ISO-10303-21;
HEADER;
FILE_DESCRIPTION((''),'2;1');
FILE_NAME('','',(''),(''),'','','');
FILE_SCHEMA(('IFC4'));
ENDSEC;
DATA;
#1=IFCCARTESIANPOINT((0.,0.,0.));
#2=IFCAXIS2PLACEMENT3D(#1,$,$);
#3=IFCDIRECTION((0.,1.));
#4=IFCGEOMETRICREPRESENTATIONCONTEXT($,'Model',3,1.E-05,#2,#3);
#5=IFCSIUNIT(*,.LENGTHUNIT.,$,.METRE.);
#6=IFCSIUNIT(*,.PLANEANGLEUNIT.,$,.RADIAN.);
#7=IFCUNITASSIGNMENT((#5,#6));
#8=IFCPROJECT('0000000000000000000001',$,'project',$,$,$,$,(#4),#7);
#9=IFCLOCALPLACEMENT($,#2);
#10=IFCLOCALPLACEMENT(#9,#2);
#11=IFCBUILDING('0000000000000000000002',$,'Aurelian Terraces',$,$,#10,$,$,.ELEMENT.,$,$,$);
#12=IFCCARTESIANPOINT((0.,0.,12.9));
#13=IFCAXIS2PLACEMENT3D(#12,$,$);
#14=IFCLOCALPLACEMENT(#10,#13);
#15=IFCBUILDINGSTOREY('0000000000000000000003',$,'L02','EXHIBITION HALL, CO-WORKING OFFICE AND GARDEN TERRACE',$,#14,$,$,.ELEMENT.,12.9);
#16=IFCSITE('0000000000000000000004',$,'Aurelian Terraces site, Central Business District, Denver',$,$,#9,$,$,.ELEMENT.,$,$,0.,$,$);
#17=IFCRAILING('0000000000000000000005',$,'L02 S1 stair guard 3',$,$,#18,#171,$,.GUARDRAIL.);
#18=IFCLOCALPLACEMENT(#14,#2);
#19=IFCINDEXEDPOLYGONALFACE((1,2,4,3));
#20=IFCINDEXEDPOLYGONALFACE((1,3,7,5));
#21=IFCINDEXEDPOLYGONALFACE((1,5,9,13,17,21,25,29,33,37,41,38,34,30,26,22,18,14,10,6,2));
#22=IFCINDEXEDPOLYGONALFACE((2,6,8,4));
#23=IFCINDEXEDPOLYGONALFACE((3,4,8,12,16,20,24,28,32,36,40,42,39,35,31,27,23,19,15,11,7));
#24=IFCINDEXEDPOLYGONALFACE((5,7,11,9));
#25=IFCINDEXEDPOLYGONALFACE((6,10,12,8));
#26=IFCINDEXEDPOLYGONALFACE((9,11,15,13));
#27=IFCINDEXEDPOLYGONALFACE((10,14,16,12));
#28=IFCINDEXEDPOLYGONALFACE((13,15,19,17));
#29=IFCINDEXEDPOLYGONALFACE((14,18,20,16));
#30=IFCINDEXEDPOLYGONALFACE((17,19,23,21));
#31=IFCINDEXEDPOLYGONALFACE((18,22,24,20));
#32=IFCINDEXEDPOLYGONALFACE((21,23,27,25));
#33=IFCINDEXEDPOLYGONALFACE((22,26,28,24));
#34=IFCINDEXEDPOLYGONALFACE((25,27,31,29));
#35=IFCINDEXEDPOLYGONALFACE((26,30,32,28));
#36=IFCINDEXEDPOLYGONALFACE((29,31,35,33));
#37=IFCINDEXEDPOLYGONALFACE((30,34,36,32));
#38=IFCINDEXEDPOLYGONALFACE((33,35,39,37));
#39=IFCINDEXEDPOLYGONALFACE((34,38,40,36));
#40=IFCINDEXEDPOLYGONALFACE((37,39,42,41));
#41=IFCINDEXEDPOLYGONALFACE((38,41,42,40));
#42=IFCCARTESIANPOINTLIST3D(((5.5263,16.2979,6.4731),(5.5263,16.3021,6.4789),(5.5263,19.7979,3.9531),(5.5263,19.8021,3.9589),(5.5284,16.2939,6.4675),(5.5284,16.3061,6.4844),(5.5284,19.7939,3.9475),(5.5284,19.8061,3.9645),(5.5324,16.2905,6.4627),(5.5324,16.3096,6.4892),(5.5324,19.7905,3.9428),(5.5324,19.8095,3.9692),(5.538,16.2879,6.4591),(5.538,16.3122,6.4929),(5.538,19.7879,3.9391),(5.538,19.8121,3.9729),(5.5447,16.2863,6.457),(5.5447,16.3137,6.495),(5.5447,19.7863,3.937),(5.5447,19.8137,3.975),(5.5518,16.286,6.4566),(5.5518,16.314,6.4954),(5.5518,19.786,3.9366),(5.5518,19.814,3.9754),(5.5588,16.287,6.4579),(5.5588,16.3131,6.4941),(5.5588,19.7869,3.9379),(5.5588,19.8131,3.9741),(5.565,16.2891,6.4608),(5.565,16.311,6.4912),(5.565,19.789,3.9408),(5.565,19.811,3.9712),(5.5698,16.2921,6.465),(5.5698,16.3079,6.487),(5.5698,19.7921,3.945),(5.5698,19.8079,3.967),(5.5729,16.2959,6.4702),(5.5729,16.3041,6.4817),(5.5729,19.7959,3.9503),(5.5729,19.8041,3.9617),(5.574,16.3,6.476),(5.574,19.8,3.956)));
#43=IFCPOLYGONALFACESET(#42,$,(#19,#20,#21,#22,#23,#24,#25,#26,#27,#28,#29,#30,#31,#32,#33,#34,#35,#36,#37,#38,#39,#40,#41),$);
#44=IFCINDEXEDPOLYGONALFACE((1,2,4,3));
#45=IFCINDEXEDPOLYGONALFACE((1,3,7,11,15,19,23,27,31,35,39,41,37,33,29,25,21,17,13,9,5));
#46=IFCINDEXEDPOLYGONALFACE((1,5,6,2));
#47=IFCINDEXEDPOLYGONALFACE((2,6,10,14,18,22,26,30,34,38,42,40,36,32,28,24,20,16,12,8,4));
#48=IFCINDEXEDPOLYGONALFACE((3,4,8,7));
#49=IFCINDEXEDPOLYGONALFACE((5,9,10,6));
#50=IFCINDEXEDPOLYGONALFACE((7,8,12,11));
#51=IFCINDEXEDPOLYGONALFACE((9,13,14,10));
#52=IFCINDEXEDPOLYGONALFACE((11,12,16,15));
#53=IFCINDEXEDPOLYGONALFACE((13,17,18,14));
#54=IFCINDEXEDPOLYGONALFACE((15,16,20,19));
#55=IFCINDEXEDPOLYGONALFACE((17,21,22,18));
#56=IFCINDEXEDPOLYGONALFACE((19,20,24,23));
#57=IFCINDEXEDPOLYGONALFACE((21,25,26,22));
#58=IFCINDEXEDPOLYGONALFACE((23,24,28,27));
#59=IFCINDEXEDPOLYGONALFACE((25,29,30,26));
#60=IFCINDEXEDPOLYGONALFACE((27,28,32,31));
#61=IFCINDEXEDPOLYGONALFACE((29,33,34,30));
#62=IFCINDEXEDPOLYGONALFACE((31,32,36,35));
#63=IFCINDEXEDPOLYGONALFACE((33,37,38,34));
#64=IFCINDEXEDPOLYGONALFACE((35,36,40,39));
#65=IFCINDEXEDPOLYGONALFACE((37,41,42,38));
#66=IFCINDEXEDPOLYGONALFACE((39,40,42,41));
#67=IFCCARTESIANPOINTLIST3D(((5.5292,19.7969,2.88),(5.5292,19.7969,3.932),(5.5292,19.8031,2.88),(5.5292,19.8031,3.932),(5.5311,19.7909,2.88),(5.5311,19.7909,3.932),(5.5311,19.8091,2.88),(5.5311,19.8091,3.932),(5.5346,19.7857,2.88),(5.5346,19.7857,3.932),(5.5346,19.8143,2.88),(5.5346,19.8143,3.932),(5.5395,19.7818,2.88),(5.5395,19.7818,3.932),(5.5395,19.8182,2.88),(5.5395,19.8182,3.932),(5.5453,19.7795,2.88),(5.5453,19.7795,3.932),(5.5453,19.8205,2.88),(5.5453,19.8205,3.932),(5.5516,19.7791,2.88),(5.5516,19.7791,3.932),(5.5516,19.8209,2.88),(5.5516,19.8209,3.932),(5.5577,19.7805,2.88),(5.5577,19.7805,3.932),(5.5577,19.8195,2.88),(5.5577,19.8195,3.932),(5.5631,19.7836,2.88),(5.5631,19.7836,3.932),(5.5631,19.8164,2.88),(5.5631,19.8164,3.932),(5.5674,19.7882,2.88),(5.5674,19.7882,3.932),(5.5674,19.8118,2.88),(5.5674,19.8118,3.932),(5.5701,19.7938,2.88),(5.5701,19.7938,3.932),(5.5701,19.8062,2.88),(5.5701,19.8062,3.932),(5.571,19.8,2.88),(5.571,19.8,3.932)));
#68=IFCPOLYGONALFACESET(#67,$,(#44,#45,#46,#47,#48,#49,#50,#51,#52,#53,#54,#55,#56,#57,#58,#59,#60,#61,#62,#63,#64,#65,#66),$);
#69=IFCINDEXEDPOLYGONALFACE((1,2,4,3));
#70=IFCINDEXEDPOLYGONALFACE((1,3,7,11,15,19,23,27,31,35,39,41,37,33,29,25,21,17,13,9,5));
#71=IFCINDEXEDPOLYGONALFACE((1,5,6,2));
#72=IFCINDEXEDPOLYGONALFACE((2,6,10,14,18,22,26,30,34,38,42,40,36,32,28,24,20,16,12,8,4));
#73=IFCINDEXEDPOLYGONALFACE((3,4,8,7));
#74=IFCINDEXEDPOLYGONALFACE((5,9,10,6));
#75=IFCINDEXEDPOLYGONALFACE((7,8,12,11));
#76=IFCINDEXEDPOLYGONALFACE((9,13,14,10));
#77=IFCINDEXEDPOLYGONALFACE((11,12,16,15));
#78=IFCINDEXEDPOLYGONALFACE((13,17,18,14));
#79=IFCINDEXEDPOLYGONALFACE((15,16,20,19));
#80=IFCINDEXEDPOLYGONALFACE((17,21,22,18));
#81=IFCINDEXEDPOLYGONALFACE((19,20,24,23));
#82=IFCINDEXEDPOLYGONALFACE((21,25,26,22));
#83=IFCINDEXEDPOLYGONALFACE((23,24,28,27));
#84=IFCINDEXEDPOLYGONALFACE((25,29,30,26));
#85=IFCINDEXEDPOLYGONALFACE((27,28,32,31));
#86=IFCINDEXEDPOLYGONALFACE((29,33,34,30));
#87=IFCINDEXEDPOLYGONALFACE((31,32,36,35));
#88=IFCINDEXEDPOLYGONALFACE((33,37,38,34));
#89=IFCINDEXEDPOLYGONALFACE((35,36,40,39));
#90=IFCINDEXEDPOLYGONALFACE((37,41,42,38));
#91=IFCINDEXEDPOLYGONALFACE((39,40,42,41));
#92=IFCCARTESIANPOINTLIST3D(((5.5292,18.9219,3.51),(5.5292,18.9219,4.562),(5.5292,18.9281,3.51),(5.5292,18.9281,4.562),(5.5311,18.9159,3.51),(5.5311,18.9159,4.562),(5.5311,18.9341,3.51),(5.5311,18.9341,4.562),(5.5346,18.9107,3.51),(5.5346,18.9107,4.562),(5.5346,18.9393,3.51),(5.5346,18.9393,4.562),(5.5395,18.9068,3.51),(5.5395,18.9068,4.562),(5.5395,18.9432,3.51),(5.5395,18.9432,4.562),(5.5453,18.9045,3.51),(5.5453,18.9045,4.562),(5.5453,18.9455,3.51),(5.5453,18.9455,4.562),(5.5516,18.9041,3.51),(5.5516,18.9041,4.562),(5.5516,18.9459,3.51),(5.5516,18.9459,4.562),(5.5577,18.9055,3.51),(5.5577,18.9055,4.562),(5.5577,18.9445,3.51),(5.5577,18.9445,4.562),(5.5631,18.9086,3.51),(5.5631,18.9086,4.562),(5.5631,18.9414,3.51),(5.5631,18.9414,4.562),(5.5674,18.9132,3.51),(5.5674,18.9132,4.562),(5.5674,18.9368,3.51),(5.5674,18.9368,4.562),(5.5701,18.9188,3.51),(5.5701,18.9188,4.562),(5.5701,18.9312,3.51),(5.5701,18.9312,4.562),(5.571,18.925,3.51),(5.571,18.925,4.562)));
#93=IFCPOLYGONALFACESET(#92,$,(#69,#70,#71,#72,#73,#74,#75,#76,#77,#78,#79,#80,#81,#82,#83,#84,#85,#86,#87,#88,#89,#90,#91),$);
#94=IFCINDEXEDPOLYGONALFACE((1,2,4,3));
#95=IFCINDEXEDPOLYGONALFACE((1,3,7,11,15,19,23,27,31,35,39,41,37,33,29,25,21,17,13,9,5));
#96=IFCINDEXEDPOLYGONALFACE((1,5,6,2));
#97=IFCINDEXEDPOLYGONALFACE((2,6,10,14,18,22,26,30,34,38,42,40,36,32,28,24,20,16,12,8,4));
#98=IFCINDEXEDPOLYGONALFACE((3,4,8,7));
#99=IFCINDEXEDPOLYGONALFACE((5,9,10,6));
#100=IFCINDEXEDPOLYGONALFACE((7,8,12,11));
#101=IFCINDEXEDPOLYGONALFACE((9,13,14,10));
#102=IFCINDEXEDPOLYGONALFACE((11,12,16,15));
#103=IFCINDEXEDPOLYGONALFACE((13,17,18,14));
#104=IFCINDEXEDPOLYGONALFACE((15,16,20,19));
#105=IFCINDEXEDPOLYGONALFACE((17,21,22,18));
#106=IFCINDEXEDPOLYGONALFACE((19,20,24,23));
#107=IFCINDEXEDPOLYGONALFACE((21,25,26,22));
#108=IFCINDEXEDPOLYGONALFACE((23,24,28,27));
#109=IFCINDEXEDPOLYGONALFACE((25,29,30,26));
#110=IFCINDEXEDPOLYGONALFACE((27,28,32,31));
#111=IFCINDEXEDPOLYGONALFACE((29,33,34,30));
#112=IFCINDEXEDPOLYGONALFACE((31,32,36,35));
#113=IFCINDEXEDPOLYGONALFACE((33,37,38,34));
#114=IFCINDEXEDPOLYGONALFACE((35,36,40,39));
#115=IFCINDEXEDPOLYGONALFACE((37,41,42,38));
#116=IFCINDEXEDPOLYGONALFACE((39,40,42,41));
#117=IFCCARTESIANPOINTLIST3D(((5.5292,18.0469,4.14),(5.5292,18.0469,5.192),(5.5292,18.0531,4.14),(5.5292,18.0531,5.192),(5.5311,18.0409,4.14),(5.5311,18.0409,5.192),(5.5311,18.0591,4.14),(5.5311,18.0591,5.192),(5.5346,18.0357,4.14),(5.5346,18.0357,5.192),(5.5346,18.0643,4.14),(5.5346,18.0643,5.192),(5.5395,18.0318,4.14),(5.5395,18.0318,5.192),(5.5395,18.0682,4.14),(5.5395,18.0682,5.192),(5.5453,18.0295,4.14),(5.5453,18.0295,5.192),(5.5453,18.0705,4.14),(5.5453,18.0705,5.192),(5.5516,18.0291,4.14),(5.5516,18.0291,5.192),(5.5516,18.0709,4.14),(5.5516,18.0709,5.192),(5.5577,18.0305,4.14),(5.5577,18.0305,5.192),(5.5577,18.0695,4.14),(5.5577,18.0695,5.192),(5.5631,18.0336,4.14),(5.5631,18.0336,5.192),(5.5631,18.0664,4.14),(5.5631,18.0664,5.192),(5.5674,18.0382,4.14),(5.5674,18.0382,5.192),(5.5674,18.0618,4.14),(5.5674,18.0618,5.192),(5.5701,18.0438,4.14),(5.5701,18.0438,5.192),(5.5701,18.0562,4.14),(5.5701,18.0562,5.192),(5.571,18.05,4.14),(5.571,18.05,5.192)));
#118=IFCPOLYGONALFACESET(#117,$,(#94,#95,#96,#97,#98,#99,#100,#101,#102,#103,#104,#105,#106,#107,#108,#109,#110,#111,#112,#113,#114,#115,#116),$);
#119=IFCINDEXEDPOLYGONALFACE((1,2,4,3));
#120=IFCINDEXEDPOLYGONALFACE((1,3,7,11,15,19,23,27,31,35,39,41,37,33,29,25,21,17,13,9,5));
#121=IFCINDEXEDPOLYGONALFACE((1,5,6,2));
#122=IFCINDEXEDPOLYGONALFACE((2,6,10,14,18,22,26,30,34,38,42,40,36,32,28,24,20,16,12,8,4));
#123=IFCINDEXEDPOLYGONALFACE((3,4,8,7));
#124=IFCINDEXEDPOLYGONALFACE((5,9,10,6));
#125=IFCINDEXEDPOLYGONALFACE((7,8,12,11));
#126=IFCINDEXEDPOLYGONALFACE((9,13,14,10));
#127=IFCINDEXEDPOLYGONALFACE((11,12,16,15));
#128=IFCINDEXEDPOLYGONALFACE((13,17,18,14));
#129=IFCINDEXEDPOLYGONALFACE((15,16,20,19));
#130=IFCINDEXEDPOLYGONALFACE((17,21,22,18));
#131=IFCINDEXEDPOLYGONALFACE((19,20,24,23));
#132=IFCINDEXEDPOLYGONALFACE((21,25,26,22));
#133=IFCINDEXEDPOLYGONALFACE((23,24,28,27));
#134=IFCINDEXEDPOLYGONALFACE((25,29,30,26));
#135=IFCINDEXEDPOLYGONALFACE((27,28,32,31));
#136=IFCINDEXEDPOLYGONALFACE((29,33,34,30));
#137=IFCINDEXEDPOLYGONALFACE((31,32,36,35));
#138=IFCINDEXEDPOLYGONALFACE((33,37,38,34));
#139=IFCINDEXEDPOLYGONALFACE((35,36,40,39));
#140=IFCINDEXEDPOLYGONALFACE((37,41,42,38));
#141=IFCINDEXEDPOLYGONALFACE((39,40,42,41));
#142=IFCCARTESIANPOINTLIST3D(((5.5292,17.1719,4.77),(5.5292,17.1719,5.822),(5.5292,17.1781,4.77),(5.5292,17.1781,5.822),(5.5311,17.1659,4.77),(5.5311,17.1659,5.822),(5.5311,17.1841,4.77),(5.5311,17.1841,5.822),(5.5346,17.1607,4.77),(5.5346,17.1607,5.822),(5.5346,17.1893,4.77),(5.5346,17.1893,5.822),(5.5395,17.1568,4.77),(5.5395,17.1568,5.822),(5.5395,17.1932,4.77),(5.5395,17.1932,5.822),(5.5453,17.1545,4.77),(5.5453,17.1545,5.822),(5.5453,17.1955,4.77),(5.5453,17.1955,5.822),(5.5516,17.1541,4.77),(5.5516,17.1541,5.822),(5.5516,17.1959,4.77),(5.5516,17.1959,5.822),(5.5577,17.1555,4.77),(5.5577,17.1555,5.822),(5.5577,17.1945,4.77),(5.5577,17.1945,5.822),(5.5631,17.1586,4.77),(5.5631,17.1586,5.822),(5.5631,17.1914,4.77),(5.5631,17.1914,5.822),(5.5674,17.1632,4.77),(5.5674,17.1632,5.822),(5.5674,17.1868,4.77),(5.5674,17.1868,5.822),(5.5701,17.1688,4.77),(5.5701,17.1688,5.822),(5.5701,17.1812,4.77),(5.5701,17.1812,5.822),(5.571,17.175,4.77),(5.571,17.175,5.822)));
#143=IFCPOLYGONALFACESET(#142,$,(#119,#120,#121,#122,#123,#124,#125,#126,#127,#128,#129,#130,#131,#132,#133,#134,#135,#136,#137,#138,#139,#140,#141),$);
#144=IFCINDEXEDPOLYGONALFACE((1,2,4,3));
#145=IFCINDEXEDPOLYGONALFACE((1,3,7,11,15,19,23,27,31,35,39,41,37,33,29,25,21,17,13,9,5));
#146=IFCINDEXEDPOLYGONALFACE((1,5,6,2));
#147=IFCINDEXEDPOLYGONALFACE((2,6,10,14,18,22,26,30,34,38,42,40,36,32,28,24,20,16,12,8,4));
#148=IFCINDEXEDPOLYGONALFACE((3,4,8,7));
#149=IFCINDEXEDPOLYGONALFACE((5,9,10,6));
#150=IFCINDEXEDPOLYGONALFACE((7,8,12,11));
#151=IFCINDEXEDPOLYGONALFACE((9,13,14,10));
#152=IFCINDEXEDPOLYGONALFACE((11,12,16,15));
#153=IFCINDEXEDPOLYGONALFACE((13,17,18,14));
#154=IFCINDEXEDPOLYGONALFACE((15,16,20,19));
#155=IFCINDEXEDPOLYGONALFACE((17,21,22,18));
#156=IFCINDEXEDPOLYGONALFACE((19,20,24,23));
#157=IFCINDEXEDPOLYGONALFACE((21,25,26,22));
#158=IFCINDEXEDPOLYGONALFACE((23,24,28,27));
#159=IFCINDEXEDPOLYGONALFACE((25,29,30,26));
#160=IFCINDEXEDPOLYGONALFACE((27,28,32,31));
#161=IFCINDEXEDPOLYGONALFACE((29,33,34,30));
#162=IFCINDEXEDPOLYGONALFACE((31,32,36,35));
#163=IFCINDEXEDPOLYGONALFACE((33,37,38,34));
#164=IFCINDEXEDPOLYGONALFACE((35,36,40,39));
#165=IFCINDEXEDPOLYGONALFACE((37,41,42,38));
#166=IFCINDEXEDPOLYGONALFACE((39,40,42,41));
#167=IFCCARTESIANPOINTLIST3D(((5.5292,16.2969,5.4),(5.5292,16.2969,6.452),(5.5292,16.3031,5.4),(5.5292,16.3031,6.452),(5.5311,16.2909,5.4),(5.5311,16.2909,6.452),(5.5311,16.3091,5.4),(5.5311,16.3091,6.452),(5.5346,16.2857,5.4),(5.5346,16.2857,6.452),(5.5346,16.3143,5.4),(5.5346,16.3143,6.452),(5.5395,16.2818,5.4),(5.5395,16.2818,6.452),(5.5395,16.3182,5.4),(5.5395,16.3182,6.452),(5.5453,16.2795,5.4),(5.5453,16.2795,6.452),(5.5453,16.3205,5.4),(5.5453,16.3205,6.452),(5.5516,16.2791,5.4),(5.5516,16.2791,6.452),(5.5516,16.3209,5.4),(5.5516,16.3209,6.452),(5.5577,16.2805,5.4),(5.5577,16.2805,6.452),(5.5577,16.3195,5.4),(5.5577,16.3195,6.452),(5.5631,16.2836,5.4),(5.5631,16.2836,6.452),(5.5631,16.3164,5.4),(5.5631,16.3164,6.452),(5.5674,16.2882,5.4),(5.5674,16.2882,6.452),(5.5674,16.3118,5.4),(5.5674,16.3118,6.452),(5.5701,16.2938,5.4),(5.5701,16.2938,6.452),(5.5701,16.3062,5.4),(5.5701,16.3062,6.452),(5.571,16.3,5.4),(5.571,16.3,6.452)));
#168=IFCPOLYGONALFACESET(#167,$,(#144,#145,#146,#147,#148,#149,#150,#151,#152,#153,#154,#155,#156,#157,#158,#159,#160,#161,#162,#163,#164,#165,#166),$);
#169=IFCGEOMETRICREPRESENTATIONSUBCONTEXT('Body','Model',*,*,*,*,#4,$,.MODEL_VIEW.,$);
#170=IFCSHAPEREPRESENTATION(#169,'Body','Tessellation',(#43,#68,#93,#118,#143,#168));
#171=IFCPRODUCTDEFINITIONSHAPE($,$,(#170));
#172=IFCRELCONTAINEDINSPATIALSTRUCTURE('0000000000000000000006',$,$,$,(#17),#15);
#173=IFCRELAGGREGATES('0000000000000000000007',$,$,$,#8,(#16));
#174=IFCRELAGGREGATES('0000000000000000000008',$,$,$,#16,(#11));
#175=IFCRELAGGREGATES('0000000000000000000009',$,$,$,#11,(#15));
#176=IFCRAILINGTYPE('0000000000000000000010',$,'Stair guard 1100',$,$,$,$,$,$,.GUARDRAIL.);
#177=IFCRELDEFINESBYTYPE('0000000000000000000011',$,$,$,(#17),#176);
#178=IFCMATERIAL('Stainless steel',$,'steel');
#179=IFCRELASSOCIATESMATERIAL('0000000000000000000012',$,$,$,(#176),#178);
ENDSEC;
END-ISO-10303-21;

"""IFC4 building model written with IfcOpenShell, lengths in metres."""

from ifc_helpers import new_model, si_unit, direction, frame, origin, origin_2d, place, context, subcontext, project, spatial, circle, extrude, source, transform, mapped, material, type_object, element, save


model = new_model("IFC4")

# Units and contexts
model_context = context("Model", 3, precision=1e-05, world=origin(), true_north=direction((0.0, 1.0)))
body_context = subcontext(model_context, "Body", "Model", "MODEL_VIEW")
ifc_project = project(units=[si_unit("LENGTHUNIT", "METRE"), si_unit("PLANEANGLEUNIT", "RADIAN")], contexts=[model_context])

# Site, building, storey
site_placement = place(None, origin())
site = spatial("IfcSite", under=ifc_project, at=site_placement, Name="Aurelian Terraces site, Central Business District, Denver", CompositionType="ELEMENT", RefElevation=0.0)
building_placement = place(site_placement, origin())
building = spatial("IfcBuilding", under=site, at=building_placement, Name="Aurelian Terraces", CompositionType="ELEMENT")
storey_placement = place(building_placement, frame((0.0, 0.0, 12.9)))
storey = spatial("IfcBuildingStorey", under=building, at=storey_placement, Name="L02", Description="EXHIBITION HALL, CO-WORKING OFFICE AND GARDEN TERRACE", CompositionType="ELEMENT", Elevation=12.9)

# Shared definitions
ifc_material_1 = material(Name="Stainless steel", Category="steel")

# Railing
railing_type_1 = type_object("IfcRailingType", Name="Stair guard 1100", PredefinedType="GUARDRAIL", material=ifc_material_1)
shared_shape_1 = source(origin(), body_context, "Body", "SweptSolid", [
    extrude(circle(Radius=0.024, at=origin_2d()), frame((0.0, 0.0, 1.076), z_axis=(0.0, -0.811534, 0.584305), x_axis=(1.0, 0.0, 0.0)), (0.0, 0.0, 1.0), 4.3128),
    extrude(circle(Radius=0.021, at=origin_2d()), origin(), (0.0, 0.0, 1.0), 1.052),
    extrude(circle(Radius=0.021, at=origin_2d()), frame((0.0, -0.875, 0.63)), (0.0, 0.0, 1.0), 1.052),
    extrude(circle(Radius=0.021, at=origin_2d()), frame((0.0, -1.75, 1.26)), (0.0, 0.0, 1.0), 1.052),
    extrude(circle(Radius=0.021, at=origin_2d()), frame((0.0, -2.625, 1.89)), (0.0, 0.0, 1.0), 1.052),
    extrude(circle(Radius=0.021, at=origin_2d()), frame((0.0, -3.5, 2.52)), (0.0, 0.0, 1.0), 1.052),
])
railing_1_placement = place(storey_placement, frame((5.55, 19.8, 2.88)))
element("IfcRailing", 1, at=railing_1_placement, inside=storey, type_object=railing_type_1, Name="L02 S1 stair guard 3", PredefinedType="GUARDRAIL", context=body_context, shape_type="MappedRepresentation", body=[
    mapped(shared_shape_1, transform((0.0, 0.0, 0.0), scale=1.0)),
])

save(model, "model.ifc")
